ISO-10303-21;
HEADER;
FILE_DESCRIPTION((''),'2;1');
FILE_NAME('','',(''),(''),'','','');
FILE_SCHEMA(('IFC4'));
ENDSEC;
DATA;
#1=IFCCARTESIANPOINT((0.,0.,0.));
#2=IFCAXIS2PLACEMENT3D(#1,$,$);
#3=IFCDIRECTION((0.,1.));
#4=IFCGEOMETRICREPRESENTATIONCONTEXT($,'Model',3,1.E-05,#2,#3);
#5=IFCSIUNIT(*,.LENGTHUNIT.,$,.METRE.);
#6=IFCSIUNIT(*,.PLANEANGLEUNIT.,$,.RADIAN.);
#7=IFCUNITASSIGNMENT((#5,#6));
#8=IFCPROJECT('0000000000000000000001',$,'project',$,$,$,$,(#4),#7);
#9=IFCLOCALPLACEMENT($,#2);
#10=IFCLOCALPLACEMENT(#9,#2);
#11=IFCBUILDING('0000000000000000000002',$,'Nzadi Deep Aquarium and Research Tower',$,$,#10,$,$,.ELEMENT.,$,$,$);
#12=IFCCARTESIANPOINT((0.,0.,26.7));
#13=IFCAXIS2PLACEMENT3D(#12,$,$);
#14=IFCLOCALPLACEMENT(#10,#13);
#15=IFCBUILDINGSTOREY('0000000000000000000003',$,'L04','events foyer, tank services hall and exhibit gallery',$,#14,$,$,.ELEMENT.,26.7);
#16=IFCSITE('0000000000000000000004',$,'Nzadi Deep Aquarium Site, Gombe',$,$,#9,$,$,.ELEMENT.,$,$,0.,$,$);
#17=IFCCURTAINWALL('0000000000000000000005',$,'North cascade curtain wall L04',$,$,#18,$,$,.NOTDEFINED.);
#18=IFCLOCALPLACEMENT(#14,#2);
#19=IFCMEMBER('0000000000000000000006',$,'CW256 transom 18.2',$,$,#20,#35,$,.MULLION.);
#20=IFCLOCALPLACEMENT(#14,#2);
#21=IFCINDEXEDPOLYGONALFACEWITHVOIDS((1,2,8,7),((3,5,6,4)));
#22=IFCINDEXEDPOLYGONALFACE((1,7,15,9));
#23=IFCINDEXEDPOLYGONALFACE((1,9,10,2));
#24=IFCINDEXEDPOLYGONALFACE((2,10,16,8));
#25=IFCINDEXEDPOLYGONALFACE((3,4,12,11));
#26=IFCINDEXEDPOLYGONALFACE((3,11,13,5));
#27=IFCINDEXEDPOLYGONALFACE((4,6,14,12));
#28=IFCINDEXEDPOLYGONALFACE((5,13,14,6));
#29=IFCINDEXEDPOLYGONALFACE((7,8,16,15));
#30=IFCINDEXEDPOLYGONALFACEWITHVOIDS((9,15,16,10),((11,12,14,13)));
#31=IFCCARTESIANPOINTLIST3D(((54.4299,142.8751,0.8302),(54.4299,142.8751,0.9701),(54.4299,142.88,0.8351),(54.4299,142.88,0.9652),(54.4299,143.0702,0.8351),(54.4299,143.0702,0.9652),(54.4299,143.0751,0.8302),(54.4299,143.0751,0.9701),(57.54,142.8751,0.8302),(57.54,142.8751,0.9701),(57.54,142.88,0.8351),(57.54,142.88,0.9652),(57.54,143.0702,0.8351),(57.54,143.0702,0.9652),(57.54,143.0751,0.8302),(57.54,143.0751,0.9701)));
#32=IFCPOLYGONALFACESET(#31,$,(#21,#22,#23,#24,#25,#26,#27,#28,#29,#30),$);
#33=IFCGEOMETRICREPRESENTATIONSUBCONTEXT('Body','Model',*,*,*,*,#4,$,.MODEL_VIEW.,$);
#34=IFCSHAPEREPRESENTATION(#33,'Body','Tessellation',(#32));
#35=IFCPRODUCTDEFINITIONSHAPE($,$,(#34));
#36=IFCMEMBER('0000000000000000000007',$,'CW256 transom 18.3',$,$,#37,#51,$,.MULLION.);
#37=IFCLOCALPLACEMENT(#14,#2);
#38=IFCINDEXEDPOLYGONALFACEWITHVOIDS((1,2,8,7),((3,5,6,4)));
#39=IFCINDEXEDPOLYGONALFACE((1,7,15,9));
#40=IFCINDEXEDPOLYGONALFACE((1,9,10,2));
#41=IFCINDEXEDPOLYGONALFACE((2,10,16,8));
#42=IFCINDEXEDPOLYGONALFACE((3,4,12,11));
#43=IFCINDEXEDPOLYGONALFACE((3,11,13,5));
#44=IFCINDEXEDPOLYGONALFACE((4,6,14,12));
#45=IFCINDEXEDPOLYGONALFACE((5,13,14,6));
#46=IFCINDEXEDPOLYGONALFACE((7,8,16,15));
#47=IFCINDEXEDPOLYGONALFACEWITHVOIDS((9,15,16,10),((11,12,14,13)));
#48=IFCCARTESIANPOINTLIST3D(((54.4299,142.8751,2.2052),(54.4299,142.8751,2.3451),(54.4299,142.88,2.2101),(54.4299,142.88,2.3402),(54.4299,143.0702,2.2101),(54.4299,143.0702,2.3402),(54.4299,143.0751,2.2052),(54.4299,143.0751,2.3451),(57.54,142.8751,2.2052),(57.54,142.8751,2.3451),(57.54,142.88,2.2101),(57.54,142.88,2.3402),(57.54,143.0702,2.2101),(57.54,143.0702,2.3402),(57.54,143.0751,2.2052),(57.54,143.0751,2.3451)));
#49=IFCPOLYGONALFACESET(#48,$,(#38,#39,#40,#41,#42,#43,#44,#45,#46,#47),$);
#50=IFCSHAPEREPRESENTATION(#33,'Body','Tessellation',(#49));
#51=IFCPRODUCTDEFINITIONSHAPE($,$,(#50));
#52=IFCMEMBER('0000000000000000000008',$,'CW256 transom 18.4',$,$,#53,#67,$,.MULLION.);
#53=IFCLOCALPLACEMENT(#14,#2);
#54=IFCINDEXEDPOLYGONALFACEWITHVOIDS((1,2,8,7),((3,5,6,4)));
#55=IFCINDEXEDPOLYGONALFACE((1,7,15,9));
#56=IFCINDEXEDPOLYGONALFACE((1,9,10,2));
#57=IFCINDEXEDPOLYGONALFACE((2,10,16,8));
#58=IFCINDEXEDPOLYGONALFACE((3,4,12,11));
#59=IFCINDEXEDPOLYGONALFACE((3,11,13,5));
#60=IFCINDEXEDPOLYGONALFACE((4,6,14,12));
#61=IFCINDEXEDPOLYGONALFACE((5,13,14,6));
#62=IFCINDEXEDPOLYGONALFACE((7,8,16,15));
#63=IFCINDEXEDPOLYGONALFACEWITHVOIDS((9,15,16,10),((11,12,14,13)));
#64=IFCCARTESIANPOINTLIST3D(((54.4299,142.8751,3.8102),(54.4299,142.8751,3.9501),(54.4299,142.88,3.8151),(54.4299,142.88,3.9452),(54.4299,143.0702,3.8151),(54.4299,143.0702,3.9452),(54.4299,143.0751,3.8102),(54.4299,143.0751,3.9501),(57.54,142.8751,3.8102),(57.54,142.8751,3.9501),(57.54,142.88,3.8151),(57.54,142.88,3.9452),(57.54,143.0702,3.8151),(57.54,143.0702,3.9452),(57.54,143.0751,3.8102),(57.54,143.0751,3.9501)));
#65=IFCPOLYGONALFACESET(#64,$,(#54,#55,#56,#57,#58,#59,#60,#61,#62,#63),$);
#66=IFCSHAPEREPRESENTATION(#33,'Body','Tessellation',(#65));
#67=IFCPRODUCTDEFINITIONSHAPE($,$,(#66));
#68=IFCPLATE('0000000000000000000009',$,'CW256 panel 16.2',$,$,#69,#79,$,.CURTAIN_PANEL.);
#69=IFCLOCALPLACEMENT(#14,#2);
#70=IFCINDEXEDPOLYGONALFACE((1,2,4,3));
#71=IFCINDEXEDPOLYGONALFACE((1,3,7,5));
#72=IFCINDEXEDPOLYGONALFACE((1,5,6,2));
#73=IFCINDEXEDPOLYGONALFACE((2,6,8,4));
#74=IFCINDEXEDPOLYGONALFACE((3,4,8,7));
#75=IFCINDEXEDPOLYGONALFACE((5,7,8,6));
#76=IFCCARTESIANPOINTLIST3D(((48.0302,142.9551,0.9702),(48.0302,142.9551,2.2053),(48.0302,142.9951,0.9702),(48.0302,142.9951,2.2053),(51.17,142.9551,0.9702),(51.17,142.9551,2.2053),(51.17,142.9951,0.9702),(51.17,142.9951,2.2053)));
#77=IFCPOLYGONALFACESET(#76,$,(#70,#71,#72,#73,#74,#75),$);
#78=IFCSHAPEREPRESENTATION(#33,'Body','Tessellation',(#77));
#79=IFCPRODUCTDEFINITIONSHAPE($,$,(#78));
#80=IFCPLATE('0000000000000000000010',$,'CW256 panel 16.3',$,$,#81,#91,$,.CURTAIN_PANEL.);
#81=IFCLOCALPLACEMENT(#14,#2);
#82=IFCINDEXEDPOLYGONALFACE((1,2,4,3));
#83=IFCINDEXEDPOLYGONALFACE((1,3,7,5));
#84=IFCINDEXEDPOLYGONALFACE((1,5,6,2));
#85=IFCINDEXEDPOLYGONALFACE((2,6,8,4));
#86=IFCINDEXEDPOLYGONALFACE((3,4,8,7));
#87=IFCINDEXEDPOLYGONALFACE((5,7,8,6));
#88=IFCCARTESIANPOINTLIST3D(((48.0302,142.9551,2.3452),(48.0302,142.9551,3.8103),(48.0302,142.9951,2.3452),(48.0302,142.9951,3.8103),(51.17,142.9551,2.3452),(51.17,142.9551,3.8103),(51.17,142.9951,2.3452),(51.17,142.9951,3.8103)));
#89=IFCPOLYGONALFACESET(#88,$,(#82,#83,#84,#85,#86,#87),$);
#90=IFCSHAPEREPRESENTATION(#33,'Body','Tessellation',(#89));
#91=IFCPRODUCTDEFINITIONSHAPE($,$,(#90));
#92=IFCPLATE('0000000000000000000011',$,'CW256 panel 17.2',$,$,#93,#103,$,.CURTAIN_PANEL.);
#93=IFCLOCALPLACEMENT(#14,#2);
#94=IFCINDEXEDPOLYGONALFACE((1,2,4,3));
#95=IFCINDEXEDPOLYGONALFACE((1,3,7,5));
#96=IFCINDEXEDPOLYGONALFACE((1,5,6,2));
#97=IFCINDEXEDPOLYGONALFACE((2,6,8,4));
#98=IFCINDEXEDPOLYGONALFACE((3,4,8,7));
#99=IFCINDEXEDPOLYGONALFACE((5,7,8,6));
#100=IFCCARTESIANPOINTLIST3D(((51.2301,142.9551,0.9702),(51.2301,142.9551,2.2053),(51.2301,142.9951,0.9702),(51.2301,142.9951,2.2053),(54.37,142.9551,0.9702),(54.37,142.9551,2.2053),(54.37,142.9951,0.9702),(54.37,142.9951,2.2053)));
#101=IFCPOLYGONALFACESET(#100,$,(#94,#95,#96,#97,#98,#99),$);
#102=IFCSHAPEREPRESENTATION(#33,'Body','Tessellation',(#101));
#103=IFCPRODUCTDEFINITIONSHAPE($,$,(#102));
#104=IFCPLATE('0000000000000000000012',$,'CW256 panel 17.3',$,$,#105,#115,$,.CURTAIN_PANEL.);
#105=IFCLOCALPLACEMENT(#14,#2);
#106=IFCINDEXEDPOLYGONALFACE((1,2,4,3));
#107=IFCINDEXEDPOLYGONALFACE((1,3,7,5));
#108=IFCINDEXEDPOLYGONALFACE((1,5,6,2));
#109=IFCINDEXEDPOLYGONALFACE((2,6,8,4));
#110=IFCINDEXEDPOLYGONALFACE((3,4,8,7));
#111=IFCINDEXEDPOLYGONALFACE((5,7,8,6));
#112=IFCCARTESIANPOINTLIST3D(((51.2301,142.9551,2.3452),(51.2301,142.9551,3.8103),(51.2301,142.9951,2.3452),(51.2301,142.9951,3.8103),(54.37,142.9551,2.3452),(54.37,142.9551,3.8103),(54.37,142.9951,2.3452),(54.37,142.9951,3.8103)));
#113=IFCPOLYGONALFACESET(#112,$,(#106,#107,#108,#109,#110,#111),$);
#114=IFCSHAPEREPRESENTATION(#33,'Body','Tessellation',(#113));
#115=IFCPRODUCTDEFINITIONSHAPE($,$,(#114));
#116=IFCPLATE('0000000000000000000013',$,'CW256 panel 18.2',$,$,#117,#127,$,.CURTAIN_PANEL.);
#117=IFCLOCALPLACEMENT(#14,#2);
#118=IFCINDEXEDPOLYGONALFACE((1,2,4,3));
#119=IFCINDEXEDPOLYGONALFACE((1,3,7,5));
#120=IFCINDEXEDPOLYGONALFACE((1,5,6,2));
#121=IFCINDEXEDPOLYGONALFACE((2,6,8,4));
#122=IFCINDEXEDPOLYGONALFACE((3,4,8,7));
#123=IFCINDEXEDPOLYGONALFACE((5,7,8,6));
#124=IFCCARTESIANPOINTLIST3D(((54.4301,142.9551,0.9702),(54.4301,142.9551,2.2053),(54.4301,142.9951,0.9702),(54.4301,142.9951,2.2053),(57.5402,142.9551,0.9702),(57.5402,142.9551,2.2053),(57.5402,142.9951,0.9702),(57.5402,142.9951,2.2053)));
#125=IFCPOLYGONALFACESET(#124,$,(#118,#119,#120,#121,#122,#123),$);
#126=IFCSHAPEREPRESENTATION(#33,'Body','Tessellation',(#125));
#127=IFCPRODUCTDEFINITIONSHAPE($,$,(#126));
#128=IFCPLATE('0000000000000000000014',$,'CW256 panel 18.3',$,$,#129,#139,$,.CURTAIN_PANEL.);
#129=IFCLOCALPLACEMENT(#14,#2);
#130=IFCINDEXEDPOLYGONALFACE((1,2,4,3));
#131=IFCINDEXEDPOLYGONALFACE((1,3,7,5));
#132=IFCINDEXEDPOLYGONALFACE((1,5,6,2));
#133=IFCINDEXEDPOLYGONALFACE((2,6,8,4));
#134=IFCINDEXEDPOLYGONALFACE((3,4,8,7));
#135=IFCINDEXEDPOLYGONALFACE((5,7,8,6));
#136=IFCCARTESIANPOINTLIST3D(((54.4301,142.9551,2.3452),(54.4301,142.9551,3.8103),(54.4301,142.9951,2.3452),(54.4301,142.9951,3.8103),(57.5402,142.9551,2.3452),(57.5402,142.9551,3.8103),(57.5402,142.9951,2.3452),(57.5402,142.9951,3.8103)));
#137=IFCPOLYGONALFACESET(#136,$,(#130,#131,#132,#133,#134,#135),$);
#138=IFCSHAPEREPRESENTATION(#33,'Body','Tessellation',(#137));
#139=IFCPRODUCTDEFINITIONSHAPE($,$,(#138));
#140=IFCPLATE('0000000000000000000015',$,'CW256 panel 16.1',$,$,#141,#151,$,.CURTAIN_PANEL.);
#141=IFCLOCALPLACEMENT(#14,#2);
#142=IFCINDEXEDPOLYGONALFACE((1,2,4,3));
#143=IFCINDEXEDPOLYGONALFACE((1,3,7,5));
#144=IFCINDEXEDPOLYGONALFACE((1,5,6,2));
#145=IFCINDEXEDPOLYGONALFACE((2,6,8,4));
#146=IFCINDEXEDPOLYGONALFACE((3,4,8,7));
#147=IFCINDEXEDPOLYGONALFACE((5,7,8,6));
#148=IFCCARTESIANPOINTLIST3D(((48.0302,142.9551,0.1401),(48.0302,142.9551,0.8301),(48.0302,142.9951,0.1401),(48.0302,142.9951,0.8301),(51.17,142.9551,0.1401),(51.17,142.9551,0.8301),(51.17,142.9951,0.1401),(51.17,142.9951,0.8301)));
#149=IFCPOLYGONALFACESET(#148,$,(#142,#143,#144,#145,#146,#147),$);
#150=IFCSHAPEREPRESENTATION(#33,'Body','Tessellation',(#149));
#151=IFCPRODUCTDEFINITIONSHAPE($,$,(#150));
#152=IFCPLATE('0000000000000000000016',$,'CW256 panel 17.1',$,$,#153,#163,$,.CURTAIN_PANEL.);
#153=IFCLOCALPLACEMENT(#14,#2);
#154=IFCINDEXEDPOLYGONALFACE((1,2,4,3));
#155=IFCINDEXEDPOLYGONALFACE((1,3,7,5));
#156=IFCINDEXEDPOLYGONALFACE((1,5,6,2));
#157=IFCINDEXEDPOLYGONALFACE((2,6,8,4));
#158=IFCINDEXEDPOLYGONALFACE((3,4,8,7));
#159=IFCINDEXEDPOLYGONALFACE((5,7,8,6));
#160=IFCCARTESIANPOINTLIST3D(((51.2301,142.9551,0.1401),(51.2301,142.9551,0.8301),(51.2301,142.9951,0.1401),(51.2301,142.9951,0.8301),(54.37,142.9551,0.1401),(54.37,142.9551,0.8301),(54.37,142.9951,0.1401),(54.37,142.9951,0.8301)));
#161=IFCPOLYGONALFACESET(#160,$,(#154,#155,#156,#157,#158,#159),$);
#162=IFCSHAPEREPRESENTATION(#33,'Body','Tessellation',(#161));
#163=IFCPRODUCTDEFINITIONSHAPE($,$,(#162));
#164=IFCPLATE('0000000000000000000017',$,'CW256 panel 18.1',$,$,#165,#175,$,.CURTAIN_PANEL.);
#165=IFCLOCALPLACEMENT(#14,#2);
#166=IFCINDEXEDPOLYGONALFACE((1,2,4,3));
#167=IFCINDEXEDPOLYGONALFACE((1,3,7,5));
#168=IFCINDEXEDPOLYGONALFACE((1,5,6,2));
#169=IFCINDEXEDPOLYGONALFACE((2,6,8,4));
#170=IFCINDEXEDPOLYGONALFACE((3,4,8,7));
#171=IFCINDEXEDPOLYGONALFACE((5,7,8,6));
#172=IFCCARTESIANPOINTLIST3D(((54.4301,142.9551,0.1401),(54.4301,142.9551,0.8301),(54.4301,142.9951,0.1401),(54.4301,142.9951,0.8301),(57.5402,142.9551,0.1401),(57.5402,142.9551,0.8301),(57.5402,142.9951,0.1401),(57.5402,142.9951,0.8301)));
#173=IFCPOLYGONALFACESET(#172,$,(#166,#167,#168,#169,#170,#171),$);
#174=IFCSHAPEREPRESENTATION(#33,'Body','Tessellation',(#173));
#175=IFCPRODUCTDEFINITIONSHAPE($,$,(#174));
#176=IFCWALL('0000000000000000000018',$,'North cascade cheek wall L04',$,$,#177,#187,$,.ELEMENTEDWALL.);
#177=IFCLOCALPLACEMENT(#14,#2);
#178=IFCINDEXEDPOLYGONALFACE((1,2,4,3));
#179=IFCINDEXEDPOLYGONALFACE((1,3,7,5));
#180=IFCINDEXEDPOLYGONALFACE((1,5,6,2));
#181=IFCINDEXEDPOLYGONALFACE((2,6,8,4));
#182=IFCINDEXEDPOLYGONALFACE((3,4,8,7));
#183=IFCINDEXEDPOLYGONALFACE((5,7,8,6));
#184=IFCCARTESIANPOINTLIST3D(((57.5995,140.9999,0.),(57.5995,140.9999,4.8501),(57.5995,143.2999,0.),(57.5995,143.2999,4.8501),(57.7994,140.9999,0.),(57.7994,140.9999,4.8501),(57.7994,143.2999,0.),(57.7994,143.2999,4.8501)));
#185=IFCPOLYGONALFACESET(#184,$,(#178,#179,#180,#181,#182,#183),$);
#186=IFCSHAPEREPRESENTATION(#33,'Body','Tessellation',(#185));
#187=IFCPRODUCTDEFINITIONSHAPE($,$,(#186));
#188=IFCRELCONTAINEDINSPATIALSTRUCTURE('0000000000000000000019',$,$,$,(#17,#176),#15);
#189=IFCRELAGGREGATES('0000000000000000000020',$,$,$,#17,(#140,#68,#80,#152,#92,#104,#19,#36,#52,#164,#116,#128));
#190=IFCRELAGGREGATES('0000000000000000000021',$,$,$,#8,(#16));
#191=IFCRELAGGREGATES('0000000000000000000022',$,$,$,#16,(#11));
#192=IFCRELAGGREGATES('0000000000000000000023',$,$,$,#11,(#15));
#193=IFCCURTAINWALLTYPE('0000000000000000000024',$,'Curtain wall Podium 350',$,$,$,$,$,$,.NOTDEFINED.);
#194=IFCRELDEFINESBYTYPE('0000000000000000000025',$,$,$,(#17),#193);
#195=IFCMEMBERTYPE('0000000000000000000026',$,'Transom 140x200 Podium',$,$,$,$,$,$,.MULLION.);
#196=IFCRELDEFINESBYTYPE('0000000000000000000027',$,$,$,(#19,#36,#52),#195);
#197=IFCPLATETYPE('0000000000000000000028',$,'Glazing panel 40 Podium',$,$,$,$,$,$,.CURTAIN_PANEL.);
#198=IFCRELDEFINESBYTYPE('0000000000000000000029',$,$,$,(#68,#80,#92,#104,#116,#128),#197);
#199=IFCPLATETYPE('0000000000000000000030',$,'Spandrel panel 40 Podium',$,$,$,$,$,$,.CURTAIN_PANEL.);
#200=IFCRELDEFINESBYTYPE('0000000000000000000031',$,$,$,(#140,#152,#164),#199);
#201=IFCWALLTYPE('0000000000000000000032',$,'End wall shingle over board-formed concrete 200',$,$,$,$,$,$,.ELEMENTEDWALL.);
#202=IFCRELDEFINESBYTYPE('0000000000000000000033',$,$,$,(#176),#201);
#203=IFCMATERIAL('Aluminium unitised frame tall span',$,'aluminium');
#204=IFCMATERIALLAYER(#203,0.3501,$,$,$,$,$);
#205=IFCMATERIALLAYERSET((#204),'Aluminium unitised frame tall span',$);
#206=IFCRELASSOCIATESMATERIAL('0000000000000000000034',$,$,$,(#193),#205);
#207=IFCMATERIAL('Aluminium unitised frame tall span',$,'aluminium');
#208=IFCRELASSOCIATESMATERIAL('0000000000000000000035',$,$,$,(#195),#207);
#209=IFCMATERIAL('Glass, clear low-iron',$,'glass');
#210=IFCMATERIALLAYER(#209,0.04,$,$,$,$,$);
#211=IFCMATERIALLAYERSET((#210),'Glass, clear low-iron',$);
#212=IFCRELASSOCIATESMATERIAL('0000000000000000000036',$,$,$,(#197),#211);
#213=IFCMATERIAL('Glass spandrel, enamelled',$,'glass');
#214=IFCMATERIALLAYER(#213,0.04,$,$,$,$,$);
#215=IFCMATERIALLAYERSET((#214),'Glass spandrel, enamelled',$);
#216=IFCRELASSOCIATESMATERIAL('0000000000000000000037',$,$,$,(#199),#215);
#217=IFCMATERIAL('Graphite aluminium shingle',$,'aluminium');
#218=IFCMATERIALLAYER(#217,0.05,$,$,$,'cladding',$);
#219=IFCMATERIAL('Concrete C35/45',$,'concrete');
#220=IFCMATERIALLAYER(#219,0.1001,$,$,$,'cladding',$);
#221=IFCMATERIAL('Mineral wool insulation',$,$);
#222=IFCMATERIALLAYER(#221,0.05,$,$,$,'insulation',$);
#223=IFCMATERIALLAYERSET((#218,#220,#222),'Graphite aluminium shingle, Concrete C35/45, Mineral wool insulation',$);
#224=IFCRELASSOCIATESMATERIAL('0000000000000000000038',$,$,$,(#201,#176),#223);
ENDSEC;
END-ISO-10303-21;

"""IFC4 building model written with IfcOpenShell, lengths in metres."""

from ifc_helpers import new_model, si_unit, direction, frame, frame_2d, origin, origin_2d, place, context, subcontext, project, spatial, rectangle, hollow_rectangle, extrude, material, layer, layer_set, layer_usage, material_profile, profile_set, type_object, element, aggregate, save


model = new_model("IFC4")

# Units and contexts
model_context = context("Model", 3, precision=1e-05, world=origin(), true_north=direction((0.0, 1.0)))
body_context = subcontext(model_context, "Body", "Model", "MODEL_VIEW")
ifc_project = project(units=[si_unit("LENGTHUNIT", "METRE"), si_unit("PLANEANGLEUNIT", "RADIAN")], contexts=[model_context])

# Site, building, storey
site_placement = place(None, origin())
site = spatial("IfcSite", under=ifc_project, at=site_placement, Name="Nzadi Deep Aquarium Site, Gombe", CompositionType="ELEMENT", RefElevation=0.0)
building_placement = place(site_placement, origin())
building = spatial("IfcBuilding", under=site, at=building_placement, Name="Nzadi Deep Aquarium and Research Tower", CompositionType="ELEMENT")
storey_placement = place(building_placement, frame((0.0, 0.0, 26.7)))
storey = spatial("IfcBuildingStorey", under=building, at=storey_placement, Name="L04", Description="events foyer, tank services hall and exhibit gallery", CompositionType="ELEMENT", Elevation=26.7)

# Curtain wall
ifc_material_1 = material(Name="Aluminium unitised frame tall span", Category="aluminium")
ifc_layer_1 = layer(ifc_material_1, 0.3501)
ifc_layer_set_1 = layer_set([ifc_layer_1], Name="Aluminium unitised frame tall span")
curtain_wall_type = type_object("IfcCurtainWallType", Name="Curtain wall Podium 350", PredefinedType="NOTDEFINED", material=ifc_layer_set_1)
curtain_wall_placement = place(storey_placement, origin())
curtain_wall = element("IfcCurtainWall", 1, at=curtain_wall_placement, inside=storey, type_object=curtain_wall_type, Name="North cascade curtain wall L04", PredefinedType="NOTDEFINED")

# Members
ifc_material_2 = material(Name="Aluminium unitised frame tall span", Category="aluminium")
ifc_material_profile_1 = material_profile(ifc_material_2, hollow_rectangle(XDim=0.2, YDim=0.1399, WallThickness=0.0049, at=origin_2d()))
ifc_profile_set_1 = profile_set([ifc_material_profile_1], Name="Aluminium unitised frame tall span")
member_type_1 = type_object("IfcMemberType", Name="Transom 140x200 Podium", PredefinedType="MULLION", material=ifc_profile_set_1)
member_1_placement = place(storey_placement, frame((54.4299, 142.9751, 0.9001), z_axis=(1.0, 0.0, 0.0), x_axis=(0.0, 1.0, 0.0)))
member_1 = element("IfcMember", 2, at=member_1_placement, type_object=member_type_1, Name="CW256 transom 18.2", PredefinedType="MULLION", context=body_context, shape_type="SweptSolid", body=[
    extrude(hollow_rectangle(XDim=0.2, YDim=0.1399, WallThickness=0.0049, at=origin_2d()), origin(), (0.0, 0.0, 1.0), 3.1101),
])
member_2_placement = place(storey_placement, frame((54.4299, 142.9751, 2.2751), z_axis=(1.0, 0.0, 0.0), x_axis=(0.0, 1.0, 0.0)))
member_2 = element("IfcMember", 3, at=member_2_placement, type_object=member_type_1, Name="CW256 transom 18.3", PredefinedType="MULLION", context=body_context, shape_type="SweptSolid", body=[
    extrude(hollow_rectangle(XDim=0.2, YDim=0.1399, WallThickness=0.0049, at=origin_2d()), origin(), (0.0, 0.0, 1.0), 3.1101),
])
member_3_placement = place(storey_placement, frame((54.4299, 142.9751, 3.8801), z_axis=(1.0, 0.0, 0.0), x_axis=(0.0, 1.0, 0.0)))
member_3 = element("IfcMember", 4, at=member_3_placement, type_object=member_type_1, Name="CW256 transom 18.4", PredefinedType="MULLION", context=body_context, shape_type="SweptSolid", body=[
    extrude(hollow_rectangle(XDim=0.2, YDim=0.1399, WallThickness=0.0049, at=origin_2d()), origin(), (0.0, 0.0, 1.0), 3.1101),
])

# Plates
ifc_material_3 = material(Name="Glass, clear low-iron", Category="glass")
ifc_layer_2 = layer(ifc_material_3, 0.04)
ifc_layer_set_2 = layer_set([ifc_layer_2], Name="Glass, clear low-iron")
plate_type_1 = type_object("IfcPlateType", Name="Glazing panel 40 Podium", PredefinedType="CURTAIN_PANEL", material=ifc_layer_set_2)
plate_1_placement = place(storey_placement, frame((49.6001, 142.9751, 0.9702), z_axis=(0.0, 0.0, 1.0), x_axis=(1.0, 0.0, 0.0)))
plate_1 = element("IfcPlate", 5, at=plate_1_placement, type_object=plate_type_1, Name="CW256 panel 16.2", PredefinedType="CURTAIN_PANEL", context=body_context, shape_type="SweptSolid", body=[
    extrude(rectangle(XDim=3.1399, YDim=0.04, at=origin_2d()), origin(), (0.0, 0.0, 1.0), 1.2351),
])
plate_2_placement = place(storey_placement, frame((49.6001, 142.9751, 2.3452), z_axis=(0.0, 0.0, 1.0), x_axis=(1.0, 0.0, 0.0)))
plate_2 = element("IfcPlate", 6, at=plate_2_placement, type_object=plate_type_1, Name="CW256 panel 16.3", PredefinedType="CURTAIN_PANEL", context=body_context, shape_type="SweptSolid", body=[
    extrude(rectangle(XDim=3.1399, YDim=0.04, at=origin_2d()), origin(), (0.0, 0.0, 1.0), 1.4651),
])
plate_3_placement = place(storey_placement, frame((52.8, 142.9751, 0.9702), z_axis=(0.0, 0.0, 1.0), x_axis=(1.0, 0.0, 0.0)))
plate_3 = element("IfcPlate", 7, at=plate_3_placement, type_object=plate_type_1, Name="CW256 panel 17.2", PredefinedType="CURTAIN_PANEL", context=body_context, shape_type="SweptSolid", body=[
    extrude(rectangle(XDim=3.1399, YDim=0.04, at=origin_2d()), origin(), (0.0, 0.0, 1.0), 1.2351),
])
plate_4_placement = place(storey_placement, frame((52.8, 142.9751, 2.3452), z_axis=(0.0, 0.0, 1.0), x_axis=(1.0, 0.0, 0.0)))
plate_4 = element("IfcPlate", 8, at=plate_4_placement, type_object=plate_type_1, Name="CW256 panel 17.3", PredefinedType="CURTAIN_PANEL", context=body_context, shape_type="SweptSolid", body=[
    extrude(rectangle(XDim=3.1399, YDim=0.04, at=origin_2d()), origin(), (0.0, 0.0, 1.0), 1.4651),
])
plate_5_placement = place(storey_placement, frame((55.9851, 142.9751, 0.9702), z_axis=(0.0, 0.0, 1.0), x_axis=(1.0, 0.0, 0.0)))
plate_5 = element("IfcPlate", 9, at=plate_5_placement, type_object=plate_type_1, Name="CW256 panel 18.2", PredefinedType="CURTAIN_PANEL", context=body_context, shape_type="SweptSolid", body=[
    extrude(rectangle(XDim=3.1101, YDim=0.04, at=origin_2d()), origin(), (0.0, 0.0, 1.0), 1.2351),
])
plate_6_placement = place(storey_placement, frame((55.9851, 142.9751, 2.3452), z_axis=(0.0, 0.0, 1.0), x_axis=(1.0, 0.0, 0.0)))
plate_6 = element("IfcPlate", 10, at=plate_6_placement, type_object=plate_type_1, Name="CW256 panel 18.3", PredefinedType="CURTAIN_PANEL", context=body_context, shape_type="SweptSolid", body=[
    extrude(rectangle(XDim=3.1101, YDim=0.04, at=origin_2d()), origin(), (0.0, 0.0, 1.0), 1.4651),
])
ifc_material_4 = material(Name="Glass spandrel, enamelled", Category="glass")
ifc_layer_3 = layer(ifc_material_4, 0.04)
ifc_layer_set_3 = layer_set([ifc_layer_3], Name="Glass spandrel, enamelled")
plate_type_2 = type_object("IfcPlateType", Name="Spandrel panel 40 Podium", PredefinedType="CURTAIN_PANEL", material=ifc_layer_set_3)
plate_7_placement = place(storey_placement, frame((49.6001, 142.9751, 0.1401), z_axis=(0.0, 0.0, 1.0), x_axis=(1.0, 0.0, 0.0)))
plate_7 = element("IfcPlate", 11, at=plate_7_placement, type_object=plate_type_2, Name="CW256 panel 16.1", PredefinedType="CURTAIN_PANEL", context=body_context, shape_type="SweptSolid", body=[
    extrude(rectangle(XDim=3.1399, YDim=0.04, at=origin_2d()), origin(), (0.0, 0.0, 1.0), 0.6899),
])
plate_8_placement = place(storey_placement, frame((52.8, 142.9751, 0.1401), z_axis=(0.0, 0.0, 1.0), x_axis=(1.0, 0.0, 0.0)))
plate_8 = element("IfcPlate", 12, at=plate_8_placement, type_object=plate_type_2, Name="CW256 panel 17.1", PredefinedType="CURTAIN_PANEL", context=body_context, shape_type="SweptSolid", body=[
    extrude(rectangle(XDim=3.1399, YDim=0.04, at=origin_2d()), origin(), (0.0, 0.0, 1.0), 0.6899),
])
plate_9_placement = place(storey_placement, frame((55.9851, 142.9751, 0.1401), z_axis=(0.0, 0.0, 1.0), x_axis=(1.0, 0.0, 0.0)))
plate_9 = element("IfcPlate", 13, at=plate_9_placement, type_object=plate_type_2, Name="CW256 panel 18.1", PredefinedType="CURTAIN_PANEL", context=body_context, shape_type="SweptSolid", body=[
    extrude(rectangle(XDim=3.1101, YDim=0.04, at=origin_2d()), origin(), (0.0, 0.0, 1.0), 0.6899),
])
aggregate(curtain_wall, [plate_7, plate_1, plate_2, plate_8, plate_3, plate_4, member_1, member_2, member_3, plate_9, plate_5, plate_6])

# Wall
ifc_material_5 = material(Name="Graphite aluminium shingle", Category="aluminium")
ifc_layer_4 = layer(ifc_material_5, 0.05, Category="cladding")
ifc_material_6 = material(Name="Concrete C35/45", Category="concrete")
ifc_layer_5 = layer(ifc_material_6, 0.1001, Category="cladding")
ifc_material_7 = material(Name="Mineral wool insulation")
ifc_layer_6 = layer(ifc_material_7, 0.05, Category="insulation")
ifc_layer_set_4 = layer_set([ifc_layer_4, ifc_layer_5, ifc_layer_6], Name="Graphite aluminium shingle, Concrete C35/45, Mineral wool insulation")
ifc_layer_usage = layer_usage(ifc_layer_set_4, "AXIS2", "POSITIVE", -0.1)
wall_type = type_object("IfcWallType", Name="End wall shingle over board-formed concrete 200", PredefinedType="ELEMENTEDWALL", material=ifc_layer_set_4)
wall_placement = place(storey_placement, frame((57.6995, 141.0, 0.0), z_axis=(0.0, 0.0, 1.0), x_axis=(0.0, 1.0, 0.0)))
element("IfcWall", 14, at=wall_placement, inside=storey, type_object=wall_type, material=ifc_layer_usage, Name="North cascade cheek wall L04", PredefinedType="ELEMENTEDWALL", context=body_context, shape_type="SweptSolid", body=[
    extrude(rectangle(XDim=2.3, YDim=0.2, at=frame_2d((1.1499, 0.0))), origin(), (0.0, 0.0, 1.0), 4.8501),
])

save(model, "model.ifc")
